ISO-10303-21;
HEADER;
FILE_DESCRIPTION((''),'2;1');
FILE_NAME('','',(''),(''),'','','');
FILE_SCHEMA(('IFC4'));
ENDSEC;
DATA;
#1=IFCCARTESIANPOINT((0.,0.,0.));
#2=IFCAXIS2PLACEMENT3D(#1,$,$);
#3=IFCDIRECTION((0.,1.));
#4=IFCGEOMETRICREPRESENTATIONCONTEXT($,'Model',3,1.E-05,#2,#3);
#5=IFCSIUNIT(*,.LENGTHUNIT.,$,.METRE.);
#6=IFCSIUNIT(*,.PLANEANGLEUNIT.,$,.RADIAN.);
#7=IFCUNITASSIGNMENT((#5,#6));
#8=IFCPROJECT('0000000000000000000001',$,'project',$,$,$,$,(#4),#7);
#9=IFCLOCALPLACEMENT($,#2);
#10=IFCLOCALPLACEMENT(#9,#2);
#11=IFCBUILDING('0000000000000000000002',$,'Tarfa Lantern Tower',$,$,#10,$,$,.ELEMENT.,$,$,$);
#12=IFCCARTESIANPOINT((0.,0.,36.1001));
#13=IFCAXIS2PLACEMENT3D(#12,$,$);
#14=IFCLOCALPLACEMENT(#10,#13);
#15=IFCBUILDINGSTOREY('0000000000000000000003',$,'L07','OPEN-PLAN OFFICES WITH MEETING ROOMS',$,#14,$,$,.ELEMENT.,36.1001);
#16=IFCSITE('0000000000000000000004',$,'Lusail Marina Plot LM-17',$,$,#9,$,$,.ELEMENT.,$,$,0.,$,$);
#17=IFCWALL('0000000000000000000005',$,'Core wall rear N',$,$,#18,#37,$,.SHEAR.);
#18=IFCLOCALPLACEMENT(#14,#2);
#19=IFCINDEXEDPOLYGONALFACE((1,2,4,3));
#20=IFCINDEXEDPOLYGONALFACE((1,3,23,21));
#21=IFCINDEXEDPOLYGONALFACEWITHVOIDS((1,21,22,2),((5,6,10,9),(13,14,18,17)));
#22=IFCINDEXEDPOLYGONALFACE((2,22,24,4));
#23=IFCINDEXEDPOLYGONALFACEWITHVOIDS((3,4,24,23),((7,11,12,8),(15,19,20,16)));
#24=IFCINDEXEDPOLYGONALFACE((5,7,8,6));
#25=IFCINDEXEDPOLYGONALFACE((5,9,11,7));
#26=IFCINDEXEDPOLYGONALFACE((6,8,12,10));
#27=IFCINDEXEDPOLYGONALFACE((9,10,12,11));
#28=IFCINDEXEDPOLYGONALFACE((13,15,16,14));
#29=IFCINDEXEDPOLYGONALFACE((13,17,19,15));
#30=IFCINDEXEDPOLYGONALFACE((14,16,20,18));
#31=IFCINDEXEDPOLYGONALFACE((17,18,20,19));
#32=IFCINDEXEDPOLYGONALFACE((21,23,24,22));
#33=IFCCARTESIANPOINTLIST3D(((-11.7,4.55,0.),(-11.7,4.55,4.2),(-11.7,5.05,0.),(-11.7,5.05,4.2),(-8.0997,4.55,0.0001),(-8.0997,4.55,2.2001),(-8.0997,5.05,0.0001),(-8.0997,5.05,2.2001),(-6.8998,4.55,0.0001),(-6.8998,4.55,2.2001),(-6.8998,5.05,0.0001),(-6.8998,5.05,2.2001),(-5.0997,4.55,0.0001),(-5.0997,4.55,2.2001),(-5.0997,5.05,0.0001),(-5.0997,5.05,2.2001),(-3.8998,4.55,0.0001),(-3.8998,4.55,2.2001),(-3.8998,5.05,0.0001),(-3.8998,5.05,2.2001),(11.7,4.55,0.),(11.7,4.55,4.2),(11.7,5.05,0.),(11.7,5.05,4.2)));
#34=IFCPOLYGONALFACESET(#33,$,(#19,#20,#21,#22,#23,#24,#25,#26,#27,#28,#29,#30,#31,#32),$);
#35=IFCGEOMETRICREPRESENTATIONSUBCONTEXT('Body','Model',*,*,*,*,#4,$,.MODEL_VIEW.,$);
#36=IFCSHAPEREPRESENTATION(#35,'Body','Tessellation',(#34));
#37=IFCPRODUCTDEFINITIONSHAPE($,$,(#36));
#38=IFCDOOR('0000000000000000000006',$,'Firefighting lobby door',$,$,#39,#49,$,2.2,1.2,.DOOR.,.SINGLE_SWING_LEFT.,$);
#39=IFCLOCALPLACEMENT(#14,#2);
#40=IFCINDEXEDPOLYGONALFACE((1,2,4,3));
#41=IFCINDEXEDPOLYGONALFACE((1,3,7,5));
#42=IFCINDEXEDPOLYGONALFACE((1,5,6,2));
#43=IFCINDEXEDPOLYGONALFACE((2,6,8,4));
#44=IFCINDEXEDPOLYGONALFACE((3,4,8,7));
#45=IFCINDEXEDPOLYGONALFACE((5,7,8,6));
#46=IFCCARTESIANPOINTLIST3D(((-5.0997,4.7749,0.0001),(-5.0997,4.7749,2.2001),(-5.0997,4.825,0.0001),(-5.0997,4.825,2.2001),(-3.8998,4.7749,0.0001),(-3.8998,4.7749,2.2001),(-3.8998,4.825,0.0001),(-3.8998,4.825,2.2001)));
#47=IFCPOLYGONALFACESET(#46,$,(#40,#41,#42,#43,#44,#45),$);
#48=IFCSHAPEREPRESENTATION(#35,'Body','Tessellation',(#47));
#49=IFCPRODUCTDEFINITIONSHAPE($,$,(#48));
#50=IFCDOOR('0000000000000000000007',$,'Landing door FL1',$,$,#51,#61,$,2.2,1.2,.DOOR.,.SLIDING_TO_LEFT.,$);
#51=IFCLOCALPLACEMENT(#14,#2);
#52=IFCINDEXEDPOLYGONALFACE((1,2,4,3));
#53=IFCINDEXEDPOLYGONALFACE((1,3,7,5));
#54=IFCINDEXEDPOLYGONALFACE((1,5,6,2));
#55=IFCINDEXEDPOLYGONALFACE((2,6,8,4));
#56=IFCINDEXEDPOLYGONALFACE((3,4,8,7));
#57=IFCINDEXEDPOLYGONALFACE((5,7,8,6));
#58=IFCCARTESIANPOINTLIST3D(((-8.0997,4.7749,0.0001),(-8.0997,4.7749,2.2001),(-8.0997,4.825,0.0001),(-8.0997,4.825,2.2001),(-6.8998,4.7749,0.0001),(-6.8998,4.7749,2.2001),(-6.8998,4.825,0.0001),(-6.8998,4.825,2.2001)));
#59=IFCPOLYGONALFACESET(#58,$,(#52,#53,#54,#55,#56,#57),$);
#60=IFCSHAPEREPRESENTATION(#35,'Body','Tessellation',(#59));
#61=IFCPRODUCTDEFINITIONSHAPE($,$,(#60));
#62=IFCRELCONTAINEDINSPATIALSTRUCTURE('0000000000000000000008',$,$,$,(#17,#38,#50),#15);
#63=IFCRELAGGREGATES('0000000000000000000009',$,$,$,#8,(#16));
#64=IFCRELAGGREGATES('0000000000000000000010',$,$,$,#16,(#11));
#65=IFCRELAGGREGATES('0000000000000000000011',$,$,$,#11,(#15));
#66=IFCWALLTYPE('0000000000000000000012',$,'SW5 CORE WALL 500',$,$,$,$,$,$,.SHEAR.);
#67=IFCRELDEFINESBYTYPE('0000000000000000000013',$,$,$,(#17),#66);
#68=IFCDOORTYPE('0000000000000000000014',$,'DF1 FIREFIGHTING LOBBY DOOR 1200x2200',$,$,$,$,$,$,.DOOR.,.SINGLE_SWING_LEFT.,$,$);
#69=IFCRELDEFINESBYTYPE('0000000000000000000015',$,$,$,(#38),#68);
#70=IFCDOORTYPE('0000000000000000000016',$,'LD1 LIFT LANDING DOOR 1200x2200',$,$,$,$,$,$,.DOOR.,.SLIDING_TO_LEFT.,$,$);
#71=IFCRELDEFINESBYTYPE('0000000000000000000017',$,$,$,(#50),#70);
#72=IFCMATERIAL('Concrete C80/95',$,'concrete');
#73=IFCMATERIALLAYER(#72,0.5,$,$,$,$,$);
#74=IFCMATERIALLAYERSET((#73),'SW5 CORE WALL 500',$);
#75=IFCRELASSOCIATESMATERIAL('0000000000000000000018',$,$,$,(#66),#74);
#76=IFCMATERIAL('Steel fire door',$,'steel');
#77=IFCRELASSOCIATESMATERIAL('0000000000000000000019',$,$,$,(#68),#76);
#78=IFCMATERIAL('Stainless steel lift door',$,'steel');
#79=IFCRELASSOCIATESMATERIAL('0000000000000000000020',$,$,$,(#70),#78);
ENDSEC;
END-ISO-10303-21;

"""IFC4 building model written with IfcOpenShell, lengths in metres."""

from ifc_helpers import new_model, si_unit, direction, frame, frame_2d, origin, place, context, subcontext, project, spatial, rectangle, extrude, material, layer, layer_set, type_object, element, fill, save


model = new_model("IFC4")

# Units and contexts
model_context = context("Model", 3, precision=1e-05, world=origin(), true_north=direction((0.0, 1.0)))
body_context = subcontext(model_context, "Body", "Model", "MODEL_VIEW")
ifc_project = project(units=[si_unit("LENGTHUNIT", "METRE"), si_unit("PLANEANGLEUNIT", "RADIAN")], contexts=[model_context])

# Site, building, storey
site_placement = place(None, origin())
site = spatial("IfcSite", under=ifc_project, at=site_placement, Name="Lusail Marina Plot LM-17", CompositionType="ELEMENT", RefElevation=0.0)
building_placement = place(site_placement, origin())
building = spatial("IfcBuilding", under=site, at=building_placement, Name="Tarfa Lantern Tower", CompositionType="ELEMENT")
storey_placement = place(building_placement, frame((0.0, 0.0, 36.1001)))
storey = spatial("IfcBuildingStorey", under=building, at=storey_placement, Name="L07", Description="OPEN-PLAN OFFICES WITH MEETING ROOMS", CompositionType="ELEMENT", Elevation=36.1001)

# Shared definitions
ifc_material_1 = material(Name="Concrete C80/95", Category="concrete")
ifc_material_2 = material(Name="Steel fire door", Category="steel")

# Shared definitions
ifc_layer_1 = layer(ifc_material_1, 0.5)
ifc_layer_set_1 = layer_set([ifc_layer_1], Name="SW5 CORE WALL 500")
wall_type_1 = type_object("IfcWallType", Name="SW5 CORE WALL 500", PredefinedType="SHEAR", material=ifc_layer_set_1)

# Wall, openings, doors
wall_1_placement = place(storey_placement, frame((-11.7, 4.8, 0.0), z_axis=(0.0, 0.0, 1.0), x_axis=(1.0, 0.0, 0.0)))
wall_1 = element("IfcWall", 1, at=wall_1_placement, inside=storey, type_object=wall_type_1, Name="Core wall rear N", PredefinedType="SHEAR", context=body_context, shape_type="SweptSolid", body=[
    extrude(rectangle(XDim=23.3999, YDim=0.5, at=frame_2d((11.7, 0.0))), origin(), (0.0, 0.0, 1.0), 4.2),
])
opening_1_placement = place(wall_1_placement, frame((6.6001, 0.0, 0.0)))
opening_1 = element("IfcOpeningElement", 2, at=opening_1_placement, cuts=wall_1, PredefinedType="OPENING", context=body_context, shape_type="SweptSolid", body=[
    extrude(rectangle(XDim=1.2, YDim=2.2, at=frame_2d((0.6001, 1.1001))), frame((0.0, 0.26, 0.0), z_axis=(0.0, -1.0, 0.0), x_axis=(1.0, 0.0, 0.0)), (0.0, 0.0, 1.0), 0.52),
])
opening_2_placement = place(wall_1_placement, frame((3.6001, 0.0, 0.0)))
opening_2 = element("IfcOpeningElement", 3, at=opening_2_placement, cuts=wall_1, PredefinedType="OPENING", context=body_context, shape_type="SweptSolid", body=[
    extrude(rectangle(XDim=1.2, YDim=2.2, at=frame_2d((0.6001, 1.1001))), frame((0.0, 0.26, 0.0), z_axis=(0.0, -1.0, 0.0), x_axis=(1.0, 0.0, 0.0)), (0.0, 0.0, 1.0), 0.52),
])
door_type_1 = type_object("IfcDoorType", Name="DF1 FIREFIGHTING LOBBY DOOR 1200x2200", OperationType="SINGLE_SWING_LEFT", PredefinedType="DOOR", material=ifc_material_2)
door_1_placement = place(opening_1_placement, origin())
door_1 = element("IfcDoor", 4, at=door_1_placement, inside=storey, type_object=door_type_1, Name="Firefighting lobby door", OperationType="SINGLE_SWING_LEFT", OverallHeight=2.2, OverallWidth=1.2, PredefinedType="DOOR", context=body_context, shape_type="SweptSolid", body=[
    extrude(rectangle(XDim=1.2, YDim=2.2, at=frame_2d((0.6001, 1.1001))), frame((0.0, 0.0249, 0.0), z_axis=(0.0, -1.0, 0.0), x_axis=(1.0, 0.0, 0.0)), (0.0, 0.0, 1.0), 0.05),
])
fill(opening_1, door_1)
ifc_material_3 = material(Name="Stainless steel lift door", Category="steel")
door_type_2 = type_object("IfcDoorType", Name="LD1 LIFT LANDING DOOR 1200x2200", OperationType="SLIDING_TO_LEFT", PredefinedType="DOOR", material=ifc_material_3)
door_2_placement = place(opening_2_placement, origin())
door_2 = element("IfcDoor", 5, at=door_2_placement, inside=storey, type_object=door_type_2, Name="Landing door FL1", OperationType="SLIDING_TO_LEFT", OverallHeight=2.2, OverallWidth=1.2, PredefinedType="DOOR", context=body_context, shape_type="SweptSolid", body=[
    extrude(rectangle(XDim=1.2, YDim=2.2, at=frame_2d((0.6001, 1.1001))), frame((0.0, 0.0249, 0.0), z_axis=(0.0, -1.0, 0.0), x_axis=(1.0, 0.0, 0.0)), (0.0, 0.0, 1.0), 0.05),
])
fill(opening_2, door_2)

save(model, "model.ifc")
